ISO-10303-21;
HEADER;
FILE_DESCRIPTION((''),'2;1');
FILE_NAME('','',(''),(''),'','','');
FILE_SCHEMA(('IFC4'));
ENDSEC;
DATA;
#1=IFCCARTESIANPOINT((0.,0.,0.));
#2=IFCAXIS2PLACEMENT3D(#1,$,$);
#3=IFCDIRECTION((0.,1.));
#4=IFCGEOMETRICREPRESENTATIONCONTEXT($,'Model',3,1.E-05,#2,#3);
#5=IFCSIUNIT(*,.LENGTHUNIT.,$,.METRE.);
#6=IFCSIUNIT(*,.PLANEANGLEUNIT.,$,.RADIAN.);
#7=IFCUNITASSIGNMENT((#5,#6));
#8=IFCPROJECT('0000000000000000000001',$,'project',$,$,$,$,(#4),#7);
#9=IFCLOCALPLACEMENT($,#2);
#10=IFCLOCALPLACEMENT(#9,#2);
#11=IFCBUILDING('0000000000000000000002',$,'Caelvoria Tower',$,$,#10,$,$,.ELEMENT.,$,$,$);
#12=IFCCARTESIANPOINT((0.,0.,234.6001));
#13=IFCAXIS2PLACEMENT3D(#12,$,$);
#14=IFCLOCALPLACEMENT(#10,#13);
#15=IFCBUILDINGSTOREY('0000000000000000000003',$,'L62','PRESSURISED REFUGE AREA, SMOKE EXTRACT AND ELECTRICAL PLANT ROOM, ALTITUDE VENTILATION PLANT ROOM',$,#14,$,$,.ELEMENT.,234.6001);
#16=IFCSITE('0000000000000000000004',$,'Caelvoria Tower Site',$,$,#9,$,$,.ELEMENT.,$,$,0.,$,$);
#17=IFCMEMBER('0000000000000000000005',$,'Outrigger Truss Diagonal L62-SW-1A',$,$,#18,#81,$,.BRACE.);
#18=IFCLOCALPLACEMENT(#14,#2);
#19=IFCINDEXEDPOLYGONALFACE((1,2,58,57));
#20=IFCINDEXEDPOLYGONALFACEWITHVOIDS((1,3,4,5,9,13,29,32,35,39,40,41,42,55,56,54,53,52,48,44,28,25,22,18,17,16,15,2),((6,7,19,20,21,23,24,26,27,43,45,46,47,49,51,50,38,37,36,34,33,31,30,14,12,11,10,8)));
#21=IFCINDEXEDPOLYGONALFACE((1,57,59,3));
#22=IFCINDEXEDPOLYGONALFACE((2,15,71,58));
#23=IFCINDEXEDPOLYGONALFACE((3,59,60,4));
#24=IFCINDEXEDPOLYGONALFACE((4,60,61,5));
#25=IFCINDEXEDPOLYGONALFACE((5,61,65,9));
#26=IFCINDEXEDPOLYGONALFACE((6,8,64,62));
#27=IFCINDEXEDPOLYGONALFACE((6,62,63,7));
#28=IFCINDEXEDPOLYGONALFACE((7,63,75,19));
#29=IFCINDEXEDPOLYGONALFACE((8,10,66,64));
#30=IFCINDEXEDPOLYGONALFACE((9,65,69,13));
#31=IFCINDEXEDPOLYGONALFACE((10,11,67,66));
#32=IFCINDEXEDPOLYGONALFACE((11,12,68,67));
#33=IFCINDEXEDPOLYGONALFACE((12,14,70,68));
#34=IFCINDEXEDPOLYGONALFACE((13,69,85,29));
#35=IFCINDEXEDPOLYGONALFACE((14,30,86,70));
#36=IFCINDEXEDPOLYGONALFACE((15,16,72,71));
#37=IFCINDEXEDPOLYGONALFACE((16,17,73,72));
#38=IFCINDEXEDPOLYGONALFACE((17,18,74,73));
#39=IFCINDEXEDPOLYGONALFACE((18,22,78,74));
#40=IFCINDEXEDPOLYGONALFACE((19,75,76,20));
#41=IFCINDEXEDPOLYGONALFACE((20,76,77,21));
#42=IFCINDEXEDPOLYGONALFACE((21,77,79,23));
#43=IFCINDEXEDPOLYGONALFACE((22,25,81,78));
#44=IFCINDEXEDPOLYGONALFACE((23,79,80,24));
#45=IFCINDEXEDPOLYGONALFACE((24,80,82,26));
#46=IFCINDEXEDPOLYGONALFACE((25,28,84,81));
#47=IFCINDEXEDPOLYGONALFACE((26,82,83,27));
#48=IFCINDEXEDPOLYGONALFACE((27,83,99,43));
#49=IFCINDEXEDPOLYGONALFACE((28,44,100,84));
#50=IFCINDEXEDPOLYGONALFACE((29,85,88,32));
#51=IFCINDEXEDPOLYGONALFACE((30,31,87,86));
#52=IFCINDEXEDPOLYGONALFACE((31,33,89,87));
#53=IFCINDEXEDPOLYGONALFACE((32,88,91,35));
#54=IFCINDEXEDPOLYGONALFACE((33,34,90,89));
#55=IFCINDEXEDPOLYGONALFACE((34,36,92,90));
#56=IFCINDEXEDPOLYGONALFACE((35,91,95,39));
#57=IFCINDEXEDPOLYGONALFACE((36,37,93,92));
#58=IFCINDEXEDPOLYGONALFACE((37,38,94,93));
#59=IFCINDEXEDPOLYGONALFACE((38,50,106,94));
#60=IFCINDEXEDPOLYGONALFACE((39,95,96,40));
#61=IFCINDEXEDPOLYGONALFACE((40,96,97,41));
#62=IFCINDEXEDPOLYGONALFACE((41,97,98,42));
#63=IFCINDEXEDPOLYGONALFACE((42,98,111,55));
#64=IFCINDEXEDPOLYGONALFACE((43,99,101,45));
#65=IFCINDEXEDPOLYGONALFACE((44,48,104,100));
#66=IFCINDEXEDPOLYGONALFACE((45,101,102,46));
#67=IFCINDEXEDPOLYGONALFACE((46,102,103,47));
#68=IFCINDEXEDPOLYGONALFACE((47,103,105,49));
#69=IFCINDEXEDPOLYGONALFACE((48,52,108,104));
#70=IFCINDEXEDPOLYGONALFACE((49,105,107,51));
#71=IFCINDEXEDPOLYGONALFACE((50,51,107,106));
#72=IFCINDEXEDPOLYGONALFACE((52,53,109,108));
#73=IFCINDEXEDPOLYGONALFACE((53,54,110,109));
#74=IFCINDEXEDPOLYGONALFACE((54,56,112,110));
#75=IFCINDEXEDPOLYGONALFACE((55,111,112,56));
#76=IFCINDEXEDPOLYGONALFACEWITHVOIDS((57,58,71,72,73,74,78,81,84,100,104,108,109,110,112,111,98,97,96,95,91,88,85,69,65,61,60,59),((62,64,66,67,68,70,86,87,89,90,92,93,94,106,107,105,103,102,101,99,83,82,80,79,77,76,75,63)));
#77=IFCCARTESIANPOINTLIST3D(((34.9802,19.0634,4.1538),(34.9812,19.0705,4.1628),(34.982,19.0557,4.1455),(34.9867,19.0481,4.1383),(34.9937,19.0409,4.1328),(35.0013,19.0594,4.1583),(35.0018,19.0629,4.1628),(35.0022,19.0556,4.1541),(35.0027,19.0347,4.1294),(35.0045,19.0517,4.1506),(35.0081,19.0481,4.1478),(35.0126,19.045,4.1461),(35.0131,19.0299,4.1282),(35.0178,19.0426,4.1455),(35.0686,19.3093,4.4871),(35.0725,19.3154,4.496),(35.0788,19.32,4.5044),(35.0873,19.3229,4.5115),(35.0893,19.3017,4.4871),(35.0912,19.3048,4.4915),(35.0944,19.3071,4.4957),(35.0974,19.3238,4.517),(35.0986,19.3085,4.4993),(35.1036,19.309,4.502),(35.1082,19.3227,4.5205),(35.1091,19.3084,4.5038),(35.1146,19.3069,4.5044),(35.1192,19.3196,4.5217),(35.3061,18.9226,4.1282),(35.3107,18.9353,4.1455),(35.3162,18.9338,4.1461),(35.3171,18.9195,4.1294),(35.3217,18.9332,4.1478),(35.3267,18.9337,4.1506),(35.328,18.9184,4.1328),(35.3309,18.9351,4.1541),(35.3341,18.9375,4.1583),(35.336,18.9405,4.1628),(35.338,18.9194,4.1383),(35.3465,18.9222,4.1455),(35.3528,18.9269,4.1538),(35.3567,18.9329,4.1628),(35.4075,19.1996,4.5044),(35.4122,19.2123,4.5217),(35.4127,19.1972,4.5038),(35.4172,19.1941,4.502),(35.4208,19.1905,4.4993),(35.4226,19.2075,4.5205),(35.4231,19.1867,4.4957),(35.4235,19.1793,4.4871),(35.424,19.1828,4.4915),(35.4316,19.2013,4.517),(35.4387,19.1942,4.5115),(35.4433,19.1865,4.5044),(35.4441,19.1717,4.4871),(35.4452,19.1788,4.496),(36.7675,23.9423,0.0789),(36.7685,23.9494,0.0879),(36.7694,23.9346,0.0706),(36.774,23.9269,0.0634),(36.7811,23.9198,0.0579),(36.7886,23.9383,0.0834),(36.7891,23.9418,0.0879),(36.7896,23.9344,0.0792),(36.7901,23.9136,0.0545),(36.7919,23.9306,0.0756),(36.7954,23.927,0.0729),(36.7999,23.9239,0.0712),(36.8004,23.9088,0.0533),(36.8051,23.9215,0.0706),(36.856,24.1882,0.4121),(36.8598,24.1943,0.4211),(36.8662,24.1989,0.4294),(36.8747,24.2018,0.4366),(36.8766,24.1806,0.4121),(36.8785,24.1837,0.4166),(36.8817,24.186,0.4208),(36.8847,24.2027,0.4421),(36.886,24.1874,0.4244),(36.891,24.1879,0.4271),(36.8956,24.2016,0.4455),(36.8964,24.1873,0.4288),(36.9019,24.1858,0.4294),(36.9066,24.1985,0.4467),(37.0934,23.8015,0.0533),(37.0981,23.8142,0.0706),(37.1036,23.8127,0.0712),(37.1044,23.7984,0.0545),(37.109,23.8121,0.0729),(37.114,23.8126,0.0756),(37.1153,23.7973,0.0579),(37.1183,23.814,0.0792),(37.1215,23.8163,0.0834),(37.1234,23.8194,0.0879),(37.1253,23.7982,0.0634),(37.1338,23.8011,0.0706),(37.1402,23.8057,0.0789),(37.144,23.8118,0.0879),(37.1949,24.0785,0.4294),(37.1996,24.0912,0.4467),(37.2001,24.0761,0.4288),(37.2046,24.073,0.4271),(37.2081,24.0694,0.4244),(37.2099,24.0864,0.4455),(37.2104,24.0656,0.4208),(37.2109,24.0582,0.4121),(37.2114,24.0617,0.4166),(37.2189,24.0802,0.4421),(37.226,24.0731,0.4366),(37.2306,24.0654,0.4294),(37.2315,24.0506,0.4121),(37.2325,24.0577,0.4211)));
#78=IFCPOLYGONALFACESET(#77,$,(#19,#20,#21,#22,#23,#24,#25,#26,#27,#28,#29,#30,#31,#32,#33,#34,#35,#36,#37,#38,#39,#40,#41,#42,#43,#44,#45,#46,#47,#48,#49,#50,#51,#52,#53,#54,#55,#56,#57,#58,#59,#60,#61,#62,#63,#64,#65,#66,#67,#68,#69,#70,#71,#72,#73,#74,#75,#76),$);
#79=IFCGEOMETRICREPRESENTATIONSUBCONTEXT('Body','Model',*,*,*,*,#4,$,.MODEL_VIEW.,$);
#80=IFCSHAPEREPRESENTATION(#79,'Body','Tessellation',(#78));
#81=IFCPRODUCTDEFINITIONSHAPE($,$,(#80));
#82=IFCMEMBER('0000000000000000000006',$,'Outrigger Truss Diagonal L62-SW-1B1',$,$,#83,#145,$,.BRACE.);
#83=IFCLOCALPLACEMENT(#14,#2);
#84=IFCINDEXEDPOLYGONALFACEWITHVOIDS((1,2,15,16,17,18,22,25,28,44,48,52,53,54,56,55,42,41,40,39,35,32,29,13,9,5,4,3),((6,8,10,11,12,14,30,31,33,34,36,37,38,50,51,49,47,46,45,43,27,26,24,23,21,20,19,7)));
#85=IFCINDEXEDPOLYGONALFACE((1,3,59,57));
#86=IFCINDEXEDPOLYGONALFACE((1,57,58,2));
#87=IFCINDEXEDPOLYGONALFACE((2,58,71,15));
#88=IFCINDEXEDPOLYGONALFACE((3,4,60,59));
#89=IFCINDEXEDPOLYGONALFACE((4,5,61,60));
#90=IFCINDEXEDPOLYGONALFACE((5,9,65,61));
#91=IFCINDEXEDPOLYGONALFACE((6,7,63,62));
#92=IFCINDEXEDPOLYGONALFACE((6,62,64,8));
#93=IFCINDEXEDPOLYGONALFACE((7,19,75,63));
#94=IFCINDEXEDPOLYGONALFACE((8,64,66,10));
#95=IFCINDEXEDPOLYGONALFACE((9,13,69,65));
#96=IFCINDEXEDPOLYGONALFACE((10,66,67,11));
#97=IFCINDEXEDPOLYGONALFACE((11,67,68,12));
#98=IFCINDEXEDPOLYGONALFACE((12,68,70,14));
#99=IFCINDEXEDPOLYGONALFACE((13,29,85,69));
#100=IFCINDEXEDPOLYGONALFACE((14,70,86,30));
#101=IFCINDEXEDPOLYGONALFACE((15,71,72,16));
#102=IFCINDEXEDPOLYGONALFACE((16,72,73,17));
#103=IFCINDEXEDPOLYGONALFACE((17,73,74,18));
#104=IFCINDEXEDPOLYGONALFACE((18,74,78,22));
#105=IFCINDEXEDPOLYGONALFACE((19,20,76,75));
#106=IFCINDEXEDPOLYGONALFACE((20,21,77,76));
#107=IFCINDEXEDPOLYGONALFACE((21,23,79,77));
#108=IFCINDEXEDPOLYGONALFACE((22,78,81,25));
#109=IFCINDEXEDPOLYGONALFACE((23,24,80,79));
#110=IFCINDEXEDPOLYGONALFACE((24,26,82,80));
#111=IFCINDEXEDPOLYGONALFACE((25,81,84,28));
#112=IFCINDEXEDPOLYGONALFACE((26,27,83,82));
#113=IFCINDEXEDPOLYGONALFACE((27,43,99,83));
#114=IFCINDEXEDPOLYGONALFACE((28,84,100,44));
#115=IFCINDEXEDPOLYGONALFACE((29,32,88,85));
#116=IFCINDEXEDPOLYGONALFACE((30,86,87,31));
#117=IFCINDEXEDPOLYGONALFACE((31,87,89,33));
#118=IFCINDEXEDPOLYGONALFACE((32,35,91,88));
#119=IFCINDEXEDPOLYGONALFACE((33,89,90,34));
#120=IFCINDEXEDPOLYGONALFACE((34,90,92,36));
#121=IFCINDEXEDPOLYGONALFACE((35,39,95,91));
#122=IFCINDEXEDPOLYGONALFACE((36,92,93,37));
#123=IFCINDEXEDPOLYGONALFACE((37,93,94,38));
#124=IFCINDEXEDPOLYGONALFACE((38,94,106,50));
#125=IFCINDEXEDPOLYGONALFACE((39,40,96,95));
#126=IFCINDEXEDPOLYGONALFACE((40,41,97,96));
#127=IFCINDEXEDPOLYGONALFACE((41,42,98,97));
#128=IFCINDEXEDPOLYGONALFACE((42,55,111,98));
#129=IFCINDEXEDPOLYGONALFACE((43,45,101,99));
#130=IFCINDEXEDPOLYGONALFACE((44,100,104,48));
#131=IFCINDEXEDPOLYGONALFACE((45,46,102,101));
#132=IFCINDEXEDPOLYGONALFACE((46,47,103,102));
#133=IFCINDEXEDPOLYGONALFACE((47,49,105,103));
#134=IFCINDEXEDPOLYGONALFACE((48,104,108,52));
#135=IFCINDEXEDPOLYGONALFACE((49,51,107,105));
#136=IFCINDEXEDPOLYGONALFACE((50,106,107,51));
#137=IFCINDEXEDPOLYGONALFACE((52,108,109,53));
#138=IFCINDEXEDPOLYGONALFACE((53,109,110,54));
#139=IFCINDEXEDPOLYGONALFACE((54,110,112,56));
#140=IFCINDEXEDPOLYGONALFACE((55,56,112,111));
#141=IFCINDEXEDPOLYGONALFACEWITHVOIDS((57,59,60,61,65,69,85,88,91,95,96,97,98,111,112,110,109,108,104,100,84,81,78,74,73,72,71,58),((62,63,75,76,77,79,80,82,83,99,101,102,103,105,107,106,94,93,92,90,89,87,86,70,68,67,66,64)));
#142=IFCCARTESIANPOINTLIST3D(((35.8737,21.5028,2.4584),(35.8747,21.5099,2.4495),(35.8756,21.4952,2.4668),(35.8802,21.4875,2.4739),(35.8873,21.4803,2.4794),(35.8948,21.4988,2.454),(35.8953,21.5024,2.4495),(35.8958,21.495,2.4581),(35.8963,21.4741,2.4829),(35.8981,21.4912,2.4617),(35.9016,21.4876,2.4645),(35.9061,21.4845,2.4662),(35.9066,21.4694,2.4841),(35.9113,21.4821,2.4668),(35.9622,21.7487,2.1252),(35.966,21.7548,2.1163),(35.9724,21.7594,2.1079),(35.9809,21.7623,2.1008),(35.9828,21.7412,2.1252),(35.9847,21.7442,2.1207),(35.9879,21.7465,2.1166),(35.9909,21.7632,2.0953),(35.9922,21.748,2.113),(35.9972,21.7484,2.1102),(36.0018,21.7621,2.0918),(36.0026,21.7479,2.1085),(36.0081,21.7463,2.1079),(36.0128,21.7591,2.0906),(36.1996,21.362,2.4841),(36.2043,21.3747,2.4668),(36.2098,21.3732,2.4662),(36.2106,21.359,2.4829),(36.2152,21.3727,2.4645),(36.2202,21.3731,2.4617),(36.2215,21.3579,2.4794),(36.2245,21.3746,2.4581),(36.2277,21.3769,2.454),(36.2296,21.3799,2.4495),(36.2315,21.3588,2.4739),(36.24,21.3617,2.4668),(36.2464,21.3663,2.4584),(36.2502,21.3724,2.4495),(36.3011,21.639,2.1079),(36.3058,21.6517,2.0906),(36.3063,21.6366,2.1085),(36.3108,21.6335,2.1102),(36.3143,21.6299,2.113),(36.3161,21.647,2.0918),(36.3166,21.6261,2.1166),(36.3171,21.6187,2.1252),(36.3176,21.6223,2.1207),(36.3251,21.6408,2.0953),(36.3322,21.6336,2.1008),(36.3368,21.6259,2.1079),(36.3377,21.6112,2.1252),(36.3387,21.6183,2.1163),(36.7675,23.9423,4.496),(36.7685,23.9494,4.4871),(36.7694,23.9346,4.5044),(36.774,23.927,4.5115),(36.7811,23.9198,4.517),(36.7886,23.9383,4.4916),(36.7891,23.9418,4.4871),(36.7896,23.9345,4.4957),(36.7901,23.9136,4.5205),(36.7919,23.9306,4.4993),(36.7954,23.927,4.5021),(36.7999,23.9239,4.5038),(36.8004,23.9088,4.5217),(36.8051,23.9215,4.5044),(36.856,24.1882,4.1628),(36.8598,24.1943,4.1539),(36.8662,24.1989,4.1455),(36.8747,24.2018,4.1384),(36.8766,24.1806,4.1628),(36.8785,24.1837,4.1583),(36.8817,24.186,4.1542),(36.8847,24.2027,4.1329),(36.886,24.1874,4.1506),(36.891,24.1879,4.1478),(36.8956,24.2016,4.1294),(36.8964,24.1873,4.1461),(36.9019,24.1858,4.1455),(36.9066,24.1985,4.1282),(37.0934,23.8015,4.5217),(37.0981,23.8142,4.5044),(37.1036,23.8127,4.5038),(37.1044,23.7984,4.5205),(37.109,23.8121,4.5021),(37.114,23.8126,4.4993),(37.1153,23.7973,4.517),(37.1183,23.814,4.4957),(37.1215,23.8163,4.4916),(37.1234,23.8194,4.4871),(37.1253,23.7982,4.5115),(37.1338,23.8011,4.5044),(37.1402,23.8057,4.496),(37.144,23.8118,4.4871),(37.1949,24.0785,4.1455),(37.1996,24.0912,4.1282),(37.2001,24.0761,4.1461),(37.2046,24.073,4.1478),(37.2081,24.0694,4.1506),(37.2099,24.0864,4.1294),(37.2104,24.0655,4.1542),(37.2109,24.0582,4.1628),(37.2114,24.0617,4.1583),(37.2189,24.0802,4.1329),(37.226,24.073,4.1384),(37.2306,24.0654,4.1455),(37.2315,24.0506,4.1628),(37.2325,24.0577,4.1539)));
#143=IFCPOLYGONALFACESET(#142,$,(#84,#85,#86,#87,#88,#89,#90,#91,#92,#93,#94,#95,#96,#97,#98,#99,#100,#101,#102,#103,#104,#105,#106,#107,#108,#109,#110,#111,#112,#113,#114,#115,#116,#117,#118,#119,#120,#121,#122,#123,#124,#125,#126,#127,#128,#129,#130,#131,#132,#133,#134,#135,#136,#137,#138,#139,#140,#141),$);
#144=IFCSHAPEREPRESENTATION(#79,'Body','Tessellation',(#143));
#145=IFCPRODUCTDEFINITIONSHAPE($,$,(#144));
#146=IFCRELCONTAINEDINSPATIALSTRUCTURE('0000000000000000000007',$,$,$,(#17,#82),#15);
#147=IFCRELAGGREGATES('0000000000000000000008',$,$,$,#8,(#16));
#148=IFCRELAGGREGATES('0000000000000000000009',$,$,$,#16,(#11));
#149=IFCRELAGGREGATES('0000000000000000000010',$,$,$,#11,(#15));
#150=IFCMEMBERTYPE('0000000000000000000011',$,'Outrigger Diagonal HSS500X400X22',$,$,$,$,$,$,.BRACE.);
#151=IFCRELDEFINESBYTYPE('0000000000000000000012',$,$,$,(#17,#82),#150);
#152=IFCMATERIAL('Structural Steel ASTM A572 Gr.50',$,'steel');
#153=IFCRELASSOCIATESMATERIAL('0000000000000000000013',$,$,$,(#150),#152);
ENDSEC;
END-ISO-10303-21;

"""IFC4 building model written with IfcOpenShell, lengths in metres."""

from ifc_helpers import new_model, si_unit, direction, frame, origin, origin_2d, place, context, subcontext, project, spatial, hollow_rectangle, extrude, material, material_profile, profile_set, type_object, element, save


model = new_model("IFC4")

# Units and contexts
model_context = context("Model", 3, precision=1e-05, world=origin(), true_north=direction((0.0, 1.0)))
body_context = subcontext(model_context, "Body", "Model", "MODEL_VIEW")
ifc_project = project(units=[si_unit("LENGTHUNIT", "METRE"), si_unit("PLANEANGLEUNIT", "RADIAN")], contexts=[model_context])

# Site, building, storey
site_placement = place(None, origin())
site = spatial("IfcSite", under=ifc_project, at=site_placement, Name="Caelvoria Tower Site", CompositionType="ELEMENT", RefElevation=0.0)
building_placement = place(site_placement, origin())
building = spatial("IfcBuilding", under=site, at=building_placement, Name="Caelvoria Tower", CompositionType="ELEMENT")
storey_placement = place(building_placement, frame((0.0, 0.0, 234.6001)))
storey = spatial("IfcBuildingStorey", under=building, at=storey_placement, Name="L62", Description="PRESSURISED REFUGE AREA, SMOKE EXTRACT AND ELECTRICAL PLANT ROOM, ALTITUDE VENTILATION PLANT ROOM", CompositionType="ELEMENT", Elevation=234.6001)

# Members
ifc_material_1 = material(Name="Structural Steel ASTM A572 Gr.50", Category="steel")
ifc_material_profile_1 = material_profile(ifc_material_1, hollow_rectangle(XDim=0.3999, YDim=0.5, WallThickness=0.022, InnerFilletRadius=0.022, OuterFilletRadius=0.0439, at=origin_2d()), Name="Structural Steel ASTM A572 Gr.50")
ifc_profile_set_1 = profile_set([ifc_material_profile_1], Name="HSS500X400X22 - Structural Steel ASTM A572 Gr.50")
member_type = type_object("IfcMemberType", Name="Outrigger Diagonal HSS500X400X22", PredefinedType="BRACE", material=ifc_profile_set_1)
member_1_placement = place(storey_placement, frame((37.0, 24.0, 0.25), z_axis=(-0.270676, -0.738859, 0.617108), x_axis=(0.938974, -0.343987, 0.0)))
element("IfcMember", 1, at=member_1_placement, inside=storey, type_object=member_type, Name="Outrigger Truss Diagonal L62-SW-1A", PredefinedType="BRACE", context=body_context, shape_type="SweptSolid", body=[
    extrude(hollow_rectangle(XDim=0.3999, YDim=0.5, WallThickness=0.022, InnerFilletRadius=0.022, OuterFilletRadius=0.0439, at=origin_2d()), origin(), (0.0, 0.0, 1.0), 6.6033),
])
member_2_placement = place(storey_placement, frame((37.0, 24.0, 4.325), z_axis=(-0.270704, -0.738834, -0.617125), x_axis=(0.938959, -0.344028, 0.0)))
element("IfcMember", 2, at=member_2_placement, inside=storey, type_object=member_type, Name="Outrigger Truss Diagonal L62-SW-1B1", PredefinedType="BRACE", context=body_context, shape_type="SweptSolid", body=[
    extrude(hollow_rectangle(XDim=0.3999, YDim=0.5, WallThickness=0.022, InnerFilletRadius=0.022, OuterFilletRadius=0.0439, at=origin_2d()), origin(), (0.0, 0.0, 1.0), 3.3018),
])

save(model, "model.ifc")
